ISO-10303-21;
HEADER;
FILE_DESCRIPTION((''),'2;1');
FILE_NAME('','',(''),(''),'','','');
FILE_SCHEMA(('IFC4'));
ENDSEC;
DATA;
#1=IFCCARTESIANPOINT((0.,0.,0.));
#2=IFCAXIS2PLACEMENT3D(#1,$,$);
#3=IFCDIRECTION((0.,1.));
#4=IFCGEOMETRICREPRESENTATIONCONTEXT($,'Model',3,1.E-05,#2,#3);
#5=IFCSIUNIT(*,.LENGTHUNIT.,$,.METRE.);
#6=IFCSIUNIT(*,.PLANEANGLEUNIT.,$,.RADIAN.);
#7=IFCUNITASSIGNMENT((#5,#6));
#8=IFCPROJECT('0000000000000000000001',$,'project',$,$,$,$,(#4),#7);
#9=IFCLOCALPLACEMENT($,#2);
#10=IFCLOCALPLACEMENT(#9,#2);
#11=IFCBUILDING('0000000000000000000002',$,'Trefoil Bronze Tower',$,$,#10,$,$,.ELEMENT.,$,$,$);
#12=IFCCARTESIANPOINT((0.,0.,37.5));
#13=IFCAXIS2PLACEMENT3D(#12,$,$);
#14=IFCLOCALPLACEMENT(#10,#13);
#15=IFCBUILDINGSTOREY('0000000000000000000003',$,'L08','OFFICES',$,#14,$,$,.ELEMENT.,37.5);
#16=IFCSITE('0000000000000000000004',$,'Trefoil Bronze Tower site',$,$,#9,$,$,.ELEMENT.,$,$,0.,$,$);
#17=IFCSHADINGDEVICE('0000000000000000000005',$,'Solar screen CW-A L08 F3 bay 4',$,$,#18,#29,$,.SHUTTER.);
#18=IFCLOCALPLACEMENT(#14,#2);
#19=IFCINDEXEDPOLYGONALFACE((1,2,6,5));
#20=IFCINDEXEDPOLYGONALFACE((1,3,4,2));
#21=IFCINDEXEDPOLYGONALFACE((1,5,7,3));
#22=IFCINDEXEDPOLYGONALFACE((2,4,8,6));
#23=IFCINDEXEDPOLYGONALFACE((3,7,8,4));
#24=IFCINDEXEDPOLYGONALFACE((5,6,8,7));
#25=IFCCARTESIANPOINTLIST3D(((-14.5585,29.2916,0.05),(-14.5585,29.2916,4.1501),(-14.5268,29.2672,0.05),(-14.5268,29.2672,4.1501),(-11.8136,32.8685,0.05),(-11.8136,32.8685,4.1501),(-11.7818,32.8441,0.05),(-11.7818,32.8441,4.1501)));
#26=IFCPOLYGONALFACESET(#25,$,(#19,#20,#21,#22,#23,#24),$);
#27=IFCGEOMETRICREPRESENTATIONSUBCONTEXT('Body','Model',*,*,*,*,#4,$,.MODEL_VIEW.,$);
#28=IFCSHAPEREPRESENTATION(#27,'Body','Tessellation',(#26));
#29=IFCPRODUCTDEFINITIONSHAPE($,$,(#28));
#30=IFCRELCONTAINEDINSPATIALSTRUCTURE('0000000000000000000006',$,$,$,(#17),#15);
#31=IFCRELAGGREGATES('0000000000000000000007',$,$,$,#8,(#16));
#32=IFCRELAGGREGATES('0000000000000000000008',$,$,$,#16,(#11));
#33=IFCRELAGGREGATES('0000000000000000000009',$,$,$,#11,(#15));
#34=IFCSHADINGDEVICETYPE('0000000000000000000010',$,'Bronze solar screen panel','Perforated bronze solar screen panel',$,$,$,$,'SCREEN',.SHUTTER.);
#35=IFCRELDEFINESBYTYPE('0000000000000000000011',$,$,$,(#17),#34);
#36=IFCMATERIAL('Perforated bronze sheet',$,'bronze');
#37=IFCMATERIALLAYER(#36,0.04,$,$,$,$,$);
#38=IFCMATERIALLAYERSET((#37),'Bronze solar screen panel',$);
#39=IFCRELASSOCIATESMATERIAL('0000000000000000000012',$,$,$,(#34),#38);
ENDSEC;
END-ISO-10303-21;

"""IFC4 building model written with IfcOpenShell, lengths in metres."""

from ifc_helpers import new_model, si_unit, direction, frame, origin, origin_2d, place, context, subcontext, project, spatial, rectangle, extrude, material, layer, layer_set, type_object, element, save


model = new_model("IFC4")

# Units and contexts
model_context = context("Model", 3, precision=1e-05, world=origin(), true_north=direction((0.0, 1.0)))
body_context = subcontext(model_context, "Body", "Model", "MODEL_VIEW")
ifc_project = project(units=[si_unit("LENGTHUNIT", "METRE"), si_unit("PLANEANGLEUNIT", "RADIAN")], contexts=[model_context])

# Site, building, storey
site_placement = place(None, origin())
site = spatial("IfcSite", under=ifc_project, at=site_placement, Name="Trefoil Bronze Tower site", CompositionType="ELEMENT", RefElevation=0.0)
building_placement = place(site_placement, origin())
building = spatial("IfcBuilding", under=site, at=building_placement, Name="Trefoil Bronze Tower", CompositionType="ELEMENT")
storey_placement = place(building_placement, frame((0.0, 0.0, 37.5)))
storey = spatial("IfcBuildingStorey", under=building, at=storey_placement, Name="L08", Description="OFFICES", CompositionType="ELEMENT", Elevation=37.5)

# Shading device
ifc_material_1 = material(Name="Perforated bronze sheet", Category="bronze")
ifc_layer_1 = layer(ifc_material_1, 0.04)
ifc_layer_set_1 = layer_set([ifc_layer_1], Name="Bronze solar screen panel")
shading_device_type = type_object("IfcShadingDeviceType", Name="Bronze solar screen panel", Description="Perforated bronze solar screen panel", ElementType="SCREEN", PredefinedType="SHUTTER", material=ifc_layer_set_1)
shading_device_1_placement = place(storey_placement, frame((-13.1702, 31.0679, 0.05), z_axis=(0.0, 0.0, 1.0), x_axis=(-0.608808, -0.793318, 0.0)))
element("IfcShadingDevice", 1, at=shading_device_1_placement, inside=storey, type_object=shading_device_type, Name="Solar screen CW-A L08 F3 bay 4", PredefinedType="SHUTTER", context=body_context, shape_type="SweptSolid", body=[
    extrude(rectangle(XDim=4.5088, YDim=0.04, at=origin_2d()), origin(), (0.0, 0.0, 1.0), 4.1001),
])

save(model, "model.ifc")
